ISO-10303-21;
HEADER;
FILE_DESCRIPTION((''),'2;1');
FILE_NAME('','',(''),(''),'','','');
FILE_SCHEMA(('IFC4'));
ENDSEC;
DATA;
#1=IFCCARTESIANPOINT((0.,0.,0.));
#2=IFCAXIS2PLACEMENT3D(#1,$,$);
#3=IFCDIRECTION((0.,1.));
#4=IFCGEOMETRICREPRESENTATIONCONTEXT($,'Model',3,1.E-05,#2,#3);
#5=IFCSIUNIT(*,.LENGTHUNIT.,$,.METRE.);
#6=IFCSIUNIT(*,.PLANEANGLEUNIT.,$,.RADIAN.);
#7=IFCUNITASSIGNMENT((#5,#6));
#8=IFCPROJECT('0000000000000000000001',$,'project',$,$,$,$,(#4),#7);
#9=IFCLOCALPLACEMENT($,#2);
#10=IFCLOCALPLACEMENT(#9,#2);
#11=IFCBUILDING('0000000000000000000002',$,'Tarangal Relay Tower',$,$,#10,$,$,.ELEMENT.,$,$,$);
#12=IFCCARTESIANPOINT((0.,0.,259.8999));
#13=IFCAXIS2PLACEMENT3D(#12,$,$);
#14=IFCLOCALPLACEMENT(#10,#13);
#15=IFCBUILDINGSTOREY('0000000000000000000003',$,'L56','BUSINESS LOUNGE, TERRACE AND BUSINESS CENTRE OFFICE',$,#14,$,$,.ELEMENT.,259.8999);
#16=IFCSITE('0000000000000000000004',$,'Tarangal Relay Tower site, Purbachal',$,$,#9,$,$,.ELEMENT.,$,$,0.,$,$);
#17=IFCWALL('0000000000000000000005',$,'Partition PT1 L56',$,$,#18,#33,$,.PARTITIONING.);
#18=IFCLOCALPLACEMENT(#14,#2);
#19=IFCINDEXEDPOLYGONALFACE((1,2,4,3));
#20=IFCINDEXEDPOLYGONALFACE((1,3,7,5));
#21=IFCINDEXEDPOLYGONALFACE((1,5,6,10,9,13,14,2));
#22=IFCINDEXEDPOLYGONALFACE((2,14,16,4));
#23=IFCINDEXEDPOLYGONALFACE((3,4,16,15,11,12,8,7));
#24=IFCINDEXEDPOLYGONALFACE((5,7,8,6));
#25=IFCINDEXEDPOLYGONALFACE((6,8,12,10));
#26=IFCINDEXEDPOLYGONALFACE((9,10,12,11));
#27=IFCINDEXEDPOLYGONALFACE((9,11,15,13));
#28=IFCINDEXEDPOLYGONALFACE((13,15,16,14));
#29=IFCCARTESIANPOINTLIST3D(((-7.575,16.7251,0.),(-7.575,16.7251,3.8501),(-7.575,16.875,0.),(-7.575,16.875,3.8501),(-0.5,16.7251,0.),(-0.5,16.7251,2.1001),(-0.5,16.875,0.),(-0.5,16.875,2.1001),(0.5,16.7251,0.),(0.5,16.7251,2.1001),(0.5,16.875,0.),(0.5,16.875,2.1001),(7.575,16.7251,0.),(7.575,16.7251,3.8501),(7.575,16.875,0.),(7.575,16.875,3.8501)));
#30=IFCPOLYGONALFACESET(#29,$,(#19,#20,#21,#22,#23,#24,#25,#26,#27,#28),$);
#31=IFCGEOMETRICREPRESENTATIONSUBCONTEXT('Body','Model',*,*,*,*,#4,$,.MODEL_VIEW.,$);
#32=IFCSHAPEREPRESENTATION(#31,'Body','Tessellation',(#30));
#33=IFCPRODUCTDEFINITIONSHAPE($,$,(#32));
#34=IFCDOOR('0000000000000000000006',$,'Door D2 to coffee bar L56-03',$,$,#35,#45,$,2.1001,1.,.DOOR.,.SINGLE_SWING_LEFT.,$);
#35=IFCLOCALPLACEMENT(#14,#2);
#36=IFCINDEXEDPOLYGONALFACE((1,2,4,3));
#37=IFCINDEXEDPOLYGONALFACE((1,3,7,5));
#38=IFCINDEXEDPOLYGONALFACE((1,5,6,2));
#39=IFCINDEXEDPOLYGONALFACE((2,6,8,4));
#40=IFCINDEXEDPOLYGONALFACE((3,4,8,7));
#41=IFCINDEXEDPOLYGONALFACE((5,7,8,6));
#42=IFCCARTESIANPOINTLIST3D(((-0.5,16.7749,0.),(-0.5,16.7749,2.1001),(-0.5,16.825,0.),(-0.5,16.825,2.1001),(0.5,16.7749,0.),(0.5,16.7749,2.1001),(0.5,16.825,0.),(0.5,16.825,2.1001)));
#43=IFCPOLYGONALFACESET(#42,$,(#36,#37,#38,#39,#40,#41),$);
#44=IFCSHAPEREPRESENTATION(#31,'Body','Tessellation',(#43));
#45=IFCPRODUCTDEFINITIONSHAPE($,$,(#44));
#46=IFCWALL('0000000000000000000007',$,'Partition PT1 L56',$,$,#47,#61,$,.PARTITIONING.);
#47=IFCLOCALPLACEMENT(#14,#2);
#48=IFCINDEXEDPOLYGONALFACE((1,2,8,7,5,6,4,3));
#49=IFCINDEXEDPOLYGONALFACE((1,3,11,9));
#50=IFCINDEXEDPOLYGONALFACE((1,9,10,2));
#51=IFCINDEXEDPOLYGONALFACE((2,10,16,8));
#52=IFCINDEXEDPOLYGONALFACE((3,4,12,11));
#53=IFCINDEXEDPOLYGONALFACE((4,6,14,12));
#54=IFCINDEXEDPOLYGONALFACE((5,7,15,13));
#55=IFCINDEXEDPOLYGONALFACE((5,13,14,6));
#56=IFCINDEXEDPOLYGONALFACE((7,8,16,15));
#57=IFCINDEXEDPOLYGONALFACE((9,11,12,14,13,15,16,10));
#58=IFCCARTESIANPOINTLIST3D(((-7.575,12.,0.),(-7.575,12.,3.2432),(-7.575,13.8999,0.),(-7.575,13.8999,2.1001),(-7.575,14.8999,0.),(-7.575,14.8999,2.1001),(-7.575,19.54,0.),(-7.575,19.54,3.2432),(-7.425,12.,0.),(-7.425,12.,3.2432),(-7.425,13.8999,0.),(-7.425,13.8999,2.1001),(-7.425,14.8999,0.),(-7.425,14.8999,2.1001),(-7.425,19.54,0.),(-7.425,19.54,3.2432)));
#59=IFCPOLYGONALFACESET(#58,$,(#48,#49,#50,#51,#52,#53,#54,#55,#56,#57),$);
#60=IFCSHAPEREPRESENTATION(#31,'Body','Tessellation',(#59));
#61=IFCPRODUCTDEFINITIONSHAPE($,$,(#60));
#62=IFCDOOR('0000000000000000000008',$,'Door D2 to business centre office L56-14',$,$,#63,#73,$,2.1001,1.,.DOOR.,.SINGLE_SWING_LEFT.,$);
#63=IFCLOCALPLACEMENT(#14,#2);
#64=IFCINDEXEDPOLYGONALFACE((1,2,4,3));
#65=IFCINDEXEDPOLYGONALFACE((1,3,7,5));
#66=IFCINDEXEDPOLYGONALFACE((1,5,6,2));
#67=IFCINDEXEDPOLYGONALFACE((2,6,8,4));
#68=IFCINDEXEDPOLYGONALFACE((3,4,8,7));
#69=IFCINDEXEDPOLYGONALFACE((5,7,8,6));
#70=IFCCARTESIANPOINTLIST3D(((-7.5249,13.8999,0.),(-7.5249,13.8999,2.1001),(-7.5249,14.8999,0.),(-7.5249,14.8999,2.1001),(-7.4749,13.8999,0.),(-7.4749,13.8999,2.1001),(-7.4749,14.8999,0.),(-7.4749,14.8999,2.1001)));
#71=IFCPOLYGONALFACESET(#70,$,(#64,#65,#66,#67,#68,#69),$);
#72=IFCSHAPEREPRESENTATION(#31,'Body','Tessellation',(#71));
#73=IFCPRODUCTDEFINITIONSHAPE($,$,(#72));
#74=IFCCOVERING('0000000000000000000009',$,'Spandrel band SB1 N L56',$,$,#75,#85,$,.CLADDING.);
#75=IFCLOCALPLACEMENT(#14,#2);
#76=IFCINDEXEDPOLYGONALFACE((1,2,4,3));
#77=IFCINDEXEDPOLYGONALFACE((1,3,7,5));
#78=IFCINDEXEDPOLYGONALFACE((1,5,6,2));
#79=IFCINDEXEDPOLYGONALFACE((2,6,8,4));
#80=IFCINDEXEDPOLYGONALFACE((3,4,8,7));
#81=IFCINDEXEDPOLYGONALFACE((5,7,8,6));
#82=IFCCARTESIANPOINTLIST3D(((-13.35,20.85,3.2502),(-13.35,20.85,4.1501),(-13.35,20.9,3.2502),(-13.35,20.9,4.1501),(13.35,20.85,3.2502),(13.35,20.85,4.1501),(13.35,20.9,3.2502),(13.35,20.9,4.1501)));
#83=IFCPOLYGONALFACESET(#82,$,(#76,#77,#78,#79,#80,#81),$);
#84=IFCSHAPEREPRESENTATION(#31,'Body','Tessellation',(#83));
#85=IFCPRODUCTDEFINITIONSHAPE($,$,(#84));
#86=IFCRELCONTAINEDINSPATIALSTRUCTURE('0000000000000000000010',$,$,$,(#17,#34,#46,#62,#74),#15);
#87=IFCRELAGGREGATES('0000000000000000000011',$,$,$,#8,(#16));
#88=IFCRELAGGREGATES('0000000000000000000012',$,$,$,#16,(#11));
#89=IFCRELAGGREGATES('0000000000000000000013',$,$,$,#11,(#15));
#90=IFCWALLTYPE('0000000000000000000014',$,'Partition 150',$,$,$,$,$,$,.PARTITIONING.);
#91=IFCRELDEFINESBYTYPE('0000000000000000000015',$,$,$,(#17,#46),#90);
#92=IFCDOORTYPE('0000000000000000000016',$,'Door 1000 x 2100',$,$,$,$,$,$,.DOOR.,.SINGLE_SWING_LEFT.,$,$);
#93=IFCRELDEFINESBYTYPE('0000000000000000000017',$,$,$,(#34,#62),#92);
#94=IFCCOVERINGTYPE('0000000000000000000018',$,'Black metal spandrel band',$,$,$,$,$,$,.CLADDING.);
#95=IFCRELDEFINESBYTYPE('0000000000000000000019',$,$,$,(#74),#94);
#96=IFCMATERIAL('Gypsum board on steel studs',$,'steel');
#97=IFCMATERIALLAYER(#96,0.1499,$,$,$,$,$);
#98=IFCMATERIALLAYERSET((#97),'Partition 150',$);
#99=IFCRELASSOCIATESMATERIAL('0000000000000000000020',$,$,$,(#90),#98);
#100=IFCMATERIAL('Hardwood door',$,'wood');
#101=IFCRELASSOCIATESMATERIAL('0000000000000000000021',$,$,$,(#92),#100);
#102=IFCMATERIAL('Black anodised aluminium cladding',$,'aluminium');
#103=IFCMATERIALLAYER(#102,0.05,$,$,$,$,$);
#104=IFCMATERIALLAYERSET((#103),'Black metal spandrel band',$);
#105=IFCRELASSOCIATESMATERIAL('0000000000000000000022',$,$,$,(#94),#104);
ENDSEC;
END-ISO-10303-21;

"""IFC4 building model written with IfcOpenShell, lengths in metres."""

from ifc_helpers import new_model, si_unit, direction, frame, frame_2d, origin, origin_2d, place, context, subcontext, project, spatial, rectangle, extrude, material, layer, layer_set, type_object, element, fill, save


model = new_model("IFC4")

# Units and contexts
model_context = context("Model", 3, precision=1e-05, world=origin(), true_north=direction((0.0, 1.0)))
body_context = subcontext(model_context, "Body", "Model", "MODEL_VIEW")
ifc_project = project(units=[si_unit("LENGTHUNIT", "METRE"), si_unit("PLANEANGLEUNIT", "RADIAN")], contexts=[model_context])

# Site, building, storey
site_placement = place(None, origin())
site = spatial("IfcSite", under=ifc_project, at=site_placement, Name="Tarangal Relay Tower site, Purbachal", CompositionType="ELEMENT", RefElevation=0.0)
building_placement = place(site_placement, origin())
building = spatial("IfcBuilding", under=site, at=building_placement, Name="Tarangal Relay Tower", CompositionType="ELEMENT")
storey_placement = place(building_placement, frame((0.0, 0.0, 259.8999)))
storey = spatial("IfcBuildingStorey", under=building, at=storey_placement, Name="L56", Description="BUSINESS LOUNGE, TERRACE AND BUSINESS CENTRE OFFICE", CompositionType="ELEMENT", Elevation=259.8999)

# Walls, openings, doors
ifc_material_1 = material(Name="Gypsum board on steel studs", Category="steel")
ifc_layer_1 = layer(ifc_material_1, 0.1499)
ifc_layer_set_1 = layer_set([ifc_layer_1], Name="Partition 150")
wall_type = type_object("IfcWallType", Name="Partition 150", PredefinedType="PARTITIONING", material=ifc_layer_set_1)
wall_1_placement = place(storey_placement, frame((-7.575, 16.8, 0.0), z_axis=(0.0, 0.0, 1.0), x_axis=(1.0, 0.0, 0.0)))
wall_1 = element("IfcWall", 1, at=wall_1_placement, inside=storey, type_object=wall_type, Name="Partition PT1 L56", PredefinedType="PARTITIONING", context=body_context, shape_type="SweptSolid", body=[
    extrude(rectangle(XDim=15.1499, YDim=0.1499, at=frame_2d((7.575, 0.0))), origin(), (0.0, 0.0, 1.0), 3.8501),
])
opening_1_placement = place(wall_1_placement, frame((7.075, 0.0, 0.0)))
opening_1 = element("IfcOpeningElement", 2, at=opening_1_placement, cuts=wall_1, PredefinedType="OPENING", context=body_context, shape_type="SweptSolid", body=[
    extrude(rectangle(XDim=1.0, YDim=2.1001, at=frame_2d((0.5, 1.05))), frame((0.0, 0.085, 0.0), z_axis=(0.0, -1.0, 0.0), x_axis=(1.0, 0.0, 0.0)), (0.0, 0.0, 1.0), 0.1699),
])
ifc_material_2 = material(Name="Hardwood door", Category="wood")
door_type = type_object("IfcDoorType", Name="Door 1000 x 2100", OperationType="SINGLE_SWING_LEFT", PredefinedType="DOOR", material=ifc_material_2)
door_1_placement = place(opening_1_placement, origin())
door_1 = element("IfcDoor", 3, at=door_1_placement, inside=storey, type_object=door_type, Name="Door D2 to coffee bar L56-03", OperationType="SINGLE_SWING_LEFT", OverallHeight=2.1001, OverallWidth=1.0, PredefinedType="DOOR", context=body_context, shape_type="SweptSolid", body=[
    extrude(rectangle(XDim=1.0, YDim=2.1001, at=frame_2d((0.5, 1.05))), frame((0.0, 0.0249, 0.0), z_axis=(0.0, -1.0, 0.0), x_axis=(1.0, 0.0, 0.0)), (0.0, 0.0, 1.0), 0.05),
])
fill(opening_1, door_1)
wall_2_placement = place(storey_placement, frame((-7.5, 12.0, 0.0), z_axis=(0.0, 0.0, 1.0), x_axis=(0.0, 1.0, 0.0)))
wall_2 = element("IfcWall", 4, at=wall_2_placement, inside=storey, type_object=wall_type, Name="Partition PT1 L56", PredefinedType="PARTITIONING", context=body_context, shape_type="SweptSolid", body=[
    extrude(rectangle(XDim=7.54, YDim=0.1499, at=frame_2d((3.77, 0.0))), origin(), (0.0, 0.0, 1.0), 3.2432),
])
opening_2_placement = place(wall_2_placement, frame((1.8999, 0.0, 0.0)))
opening_2 = element("IfcOpeningElement", 5, at=opening_2_placement, cuts=wall_2, PredefinedType="OPENING", context=body_context, shape_type="SweptSolid", body=[
    extrude(rectangle(XDim=1.0, YDim=2.1001, at=frame_2d((0.5, 1.05))), frame((0.0, 0.085, 0.0), z_axis=(0.0, -1.0, 0.0), x_axis=(1.0, 0.0, 0.0)), (0.0, 0.0, 1.0), 0.1699),
])
door_2_placement = place(opening_2_placement, origin())
door_2 = element("IfcDoor", 6, at=door_2_placement, inside=storey, type_object=door_type, Name="Door D2 to business centre office L56-14", OperationType="SINGLE_SWING_LEFT", OverallHeight=2.1001, OverallWidth=1.0, PredefinedType="DOOR", context=body_context, shape_type="SweptSolid", body=[
    extrude(rectangle(XDim=1.0, YDim=2.1001, at=frame_2d((0.5, 1.05))), frame((0.0, 0.0249, 0.0), z_axis=(0.0, -1.0, 0.0), x_axis=(1.0, 0.0, 0.0)), (0.0, 0.0, 1.0), 0.05),
])
fill(opening_2, door_2)

# Covering
ifc_material_3 = material(Name="Black anodised aluminium cladding", Category="aluminium")
ifc_layer_2 = layer(ifc_material_3, 0.05)
ifc_layer_set_2 = layer_set([ifc_layer_2], Name="Black metal spandrel band")
covering_type = type_object("IfcCoveringType", Name="Black metal spandrel band", PredefinedType="CLADDING", material=ifc_layer_set_2)
covering_placement = place(storey_placement, frame((0.0, 20.875, 3.2502), z_axis=(0.0, 0.0, 1.0), x_axis=(1.0, 0.0, 0.0)))
element("IfcCovering", 7, at=covering_placement, inside=storey, type_object=covering_type, Name="Spandrel band SB1 N L56", PredefinedType="CLADDING", context=body_context, shape_type="SweptSolid", body=[
    extrude(rectangle(XDim=26.7, YDim=0.05, at=origin_2d()), origin(), (0.0, 0.0, 1.0), 0.8999),
])

save(model, "model.ifc")
